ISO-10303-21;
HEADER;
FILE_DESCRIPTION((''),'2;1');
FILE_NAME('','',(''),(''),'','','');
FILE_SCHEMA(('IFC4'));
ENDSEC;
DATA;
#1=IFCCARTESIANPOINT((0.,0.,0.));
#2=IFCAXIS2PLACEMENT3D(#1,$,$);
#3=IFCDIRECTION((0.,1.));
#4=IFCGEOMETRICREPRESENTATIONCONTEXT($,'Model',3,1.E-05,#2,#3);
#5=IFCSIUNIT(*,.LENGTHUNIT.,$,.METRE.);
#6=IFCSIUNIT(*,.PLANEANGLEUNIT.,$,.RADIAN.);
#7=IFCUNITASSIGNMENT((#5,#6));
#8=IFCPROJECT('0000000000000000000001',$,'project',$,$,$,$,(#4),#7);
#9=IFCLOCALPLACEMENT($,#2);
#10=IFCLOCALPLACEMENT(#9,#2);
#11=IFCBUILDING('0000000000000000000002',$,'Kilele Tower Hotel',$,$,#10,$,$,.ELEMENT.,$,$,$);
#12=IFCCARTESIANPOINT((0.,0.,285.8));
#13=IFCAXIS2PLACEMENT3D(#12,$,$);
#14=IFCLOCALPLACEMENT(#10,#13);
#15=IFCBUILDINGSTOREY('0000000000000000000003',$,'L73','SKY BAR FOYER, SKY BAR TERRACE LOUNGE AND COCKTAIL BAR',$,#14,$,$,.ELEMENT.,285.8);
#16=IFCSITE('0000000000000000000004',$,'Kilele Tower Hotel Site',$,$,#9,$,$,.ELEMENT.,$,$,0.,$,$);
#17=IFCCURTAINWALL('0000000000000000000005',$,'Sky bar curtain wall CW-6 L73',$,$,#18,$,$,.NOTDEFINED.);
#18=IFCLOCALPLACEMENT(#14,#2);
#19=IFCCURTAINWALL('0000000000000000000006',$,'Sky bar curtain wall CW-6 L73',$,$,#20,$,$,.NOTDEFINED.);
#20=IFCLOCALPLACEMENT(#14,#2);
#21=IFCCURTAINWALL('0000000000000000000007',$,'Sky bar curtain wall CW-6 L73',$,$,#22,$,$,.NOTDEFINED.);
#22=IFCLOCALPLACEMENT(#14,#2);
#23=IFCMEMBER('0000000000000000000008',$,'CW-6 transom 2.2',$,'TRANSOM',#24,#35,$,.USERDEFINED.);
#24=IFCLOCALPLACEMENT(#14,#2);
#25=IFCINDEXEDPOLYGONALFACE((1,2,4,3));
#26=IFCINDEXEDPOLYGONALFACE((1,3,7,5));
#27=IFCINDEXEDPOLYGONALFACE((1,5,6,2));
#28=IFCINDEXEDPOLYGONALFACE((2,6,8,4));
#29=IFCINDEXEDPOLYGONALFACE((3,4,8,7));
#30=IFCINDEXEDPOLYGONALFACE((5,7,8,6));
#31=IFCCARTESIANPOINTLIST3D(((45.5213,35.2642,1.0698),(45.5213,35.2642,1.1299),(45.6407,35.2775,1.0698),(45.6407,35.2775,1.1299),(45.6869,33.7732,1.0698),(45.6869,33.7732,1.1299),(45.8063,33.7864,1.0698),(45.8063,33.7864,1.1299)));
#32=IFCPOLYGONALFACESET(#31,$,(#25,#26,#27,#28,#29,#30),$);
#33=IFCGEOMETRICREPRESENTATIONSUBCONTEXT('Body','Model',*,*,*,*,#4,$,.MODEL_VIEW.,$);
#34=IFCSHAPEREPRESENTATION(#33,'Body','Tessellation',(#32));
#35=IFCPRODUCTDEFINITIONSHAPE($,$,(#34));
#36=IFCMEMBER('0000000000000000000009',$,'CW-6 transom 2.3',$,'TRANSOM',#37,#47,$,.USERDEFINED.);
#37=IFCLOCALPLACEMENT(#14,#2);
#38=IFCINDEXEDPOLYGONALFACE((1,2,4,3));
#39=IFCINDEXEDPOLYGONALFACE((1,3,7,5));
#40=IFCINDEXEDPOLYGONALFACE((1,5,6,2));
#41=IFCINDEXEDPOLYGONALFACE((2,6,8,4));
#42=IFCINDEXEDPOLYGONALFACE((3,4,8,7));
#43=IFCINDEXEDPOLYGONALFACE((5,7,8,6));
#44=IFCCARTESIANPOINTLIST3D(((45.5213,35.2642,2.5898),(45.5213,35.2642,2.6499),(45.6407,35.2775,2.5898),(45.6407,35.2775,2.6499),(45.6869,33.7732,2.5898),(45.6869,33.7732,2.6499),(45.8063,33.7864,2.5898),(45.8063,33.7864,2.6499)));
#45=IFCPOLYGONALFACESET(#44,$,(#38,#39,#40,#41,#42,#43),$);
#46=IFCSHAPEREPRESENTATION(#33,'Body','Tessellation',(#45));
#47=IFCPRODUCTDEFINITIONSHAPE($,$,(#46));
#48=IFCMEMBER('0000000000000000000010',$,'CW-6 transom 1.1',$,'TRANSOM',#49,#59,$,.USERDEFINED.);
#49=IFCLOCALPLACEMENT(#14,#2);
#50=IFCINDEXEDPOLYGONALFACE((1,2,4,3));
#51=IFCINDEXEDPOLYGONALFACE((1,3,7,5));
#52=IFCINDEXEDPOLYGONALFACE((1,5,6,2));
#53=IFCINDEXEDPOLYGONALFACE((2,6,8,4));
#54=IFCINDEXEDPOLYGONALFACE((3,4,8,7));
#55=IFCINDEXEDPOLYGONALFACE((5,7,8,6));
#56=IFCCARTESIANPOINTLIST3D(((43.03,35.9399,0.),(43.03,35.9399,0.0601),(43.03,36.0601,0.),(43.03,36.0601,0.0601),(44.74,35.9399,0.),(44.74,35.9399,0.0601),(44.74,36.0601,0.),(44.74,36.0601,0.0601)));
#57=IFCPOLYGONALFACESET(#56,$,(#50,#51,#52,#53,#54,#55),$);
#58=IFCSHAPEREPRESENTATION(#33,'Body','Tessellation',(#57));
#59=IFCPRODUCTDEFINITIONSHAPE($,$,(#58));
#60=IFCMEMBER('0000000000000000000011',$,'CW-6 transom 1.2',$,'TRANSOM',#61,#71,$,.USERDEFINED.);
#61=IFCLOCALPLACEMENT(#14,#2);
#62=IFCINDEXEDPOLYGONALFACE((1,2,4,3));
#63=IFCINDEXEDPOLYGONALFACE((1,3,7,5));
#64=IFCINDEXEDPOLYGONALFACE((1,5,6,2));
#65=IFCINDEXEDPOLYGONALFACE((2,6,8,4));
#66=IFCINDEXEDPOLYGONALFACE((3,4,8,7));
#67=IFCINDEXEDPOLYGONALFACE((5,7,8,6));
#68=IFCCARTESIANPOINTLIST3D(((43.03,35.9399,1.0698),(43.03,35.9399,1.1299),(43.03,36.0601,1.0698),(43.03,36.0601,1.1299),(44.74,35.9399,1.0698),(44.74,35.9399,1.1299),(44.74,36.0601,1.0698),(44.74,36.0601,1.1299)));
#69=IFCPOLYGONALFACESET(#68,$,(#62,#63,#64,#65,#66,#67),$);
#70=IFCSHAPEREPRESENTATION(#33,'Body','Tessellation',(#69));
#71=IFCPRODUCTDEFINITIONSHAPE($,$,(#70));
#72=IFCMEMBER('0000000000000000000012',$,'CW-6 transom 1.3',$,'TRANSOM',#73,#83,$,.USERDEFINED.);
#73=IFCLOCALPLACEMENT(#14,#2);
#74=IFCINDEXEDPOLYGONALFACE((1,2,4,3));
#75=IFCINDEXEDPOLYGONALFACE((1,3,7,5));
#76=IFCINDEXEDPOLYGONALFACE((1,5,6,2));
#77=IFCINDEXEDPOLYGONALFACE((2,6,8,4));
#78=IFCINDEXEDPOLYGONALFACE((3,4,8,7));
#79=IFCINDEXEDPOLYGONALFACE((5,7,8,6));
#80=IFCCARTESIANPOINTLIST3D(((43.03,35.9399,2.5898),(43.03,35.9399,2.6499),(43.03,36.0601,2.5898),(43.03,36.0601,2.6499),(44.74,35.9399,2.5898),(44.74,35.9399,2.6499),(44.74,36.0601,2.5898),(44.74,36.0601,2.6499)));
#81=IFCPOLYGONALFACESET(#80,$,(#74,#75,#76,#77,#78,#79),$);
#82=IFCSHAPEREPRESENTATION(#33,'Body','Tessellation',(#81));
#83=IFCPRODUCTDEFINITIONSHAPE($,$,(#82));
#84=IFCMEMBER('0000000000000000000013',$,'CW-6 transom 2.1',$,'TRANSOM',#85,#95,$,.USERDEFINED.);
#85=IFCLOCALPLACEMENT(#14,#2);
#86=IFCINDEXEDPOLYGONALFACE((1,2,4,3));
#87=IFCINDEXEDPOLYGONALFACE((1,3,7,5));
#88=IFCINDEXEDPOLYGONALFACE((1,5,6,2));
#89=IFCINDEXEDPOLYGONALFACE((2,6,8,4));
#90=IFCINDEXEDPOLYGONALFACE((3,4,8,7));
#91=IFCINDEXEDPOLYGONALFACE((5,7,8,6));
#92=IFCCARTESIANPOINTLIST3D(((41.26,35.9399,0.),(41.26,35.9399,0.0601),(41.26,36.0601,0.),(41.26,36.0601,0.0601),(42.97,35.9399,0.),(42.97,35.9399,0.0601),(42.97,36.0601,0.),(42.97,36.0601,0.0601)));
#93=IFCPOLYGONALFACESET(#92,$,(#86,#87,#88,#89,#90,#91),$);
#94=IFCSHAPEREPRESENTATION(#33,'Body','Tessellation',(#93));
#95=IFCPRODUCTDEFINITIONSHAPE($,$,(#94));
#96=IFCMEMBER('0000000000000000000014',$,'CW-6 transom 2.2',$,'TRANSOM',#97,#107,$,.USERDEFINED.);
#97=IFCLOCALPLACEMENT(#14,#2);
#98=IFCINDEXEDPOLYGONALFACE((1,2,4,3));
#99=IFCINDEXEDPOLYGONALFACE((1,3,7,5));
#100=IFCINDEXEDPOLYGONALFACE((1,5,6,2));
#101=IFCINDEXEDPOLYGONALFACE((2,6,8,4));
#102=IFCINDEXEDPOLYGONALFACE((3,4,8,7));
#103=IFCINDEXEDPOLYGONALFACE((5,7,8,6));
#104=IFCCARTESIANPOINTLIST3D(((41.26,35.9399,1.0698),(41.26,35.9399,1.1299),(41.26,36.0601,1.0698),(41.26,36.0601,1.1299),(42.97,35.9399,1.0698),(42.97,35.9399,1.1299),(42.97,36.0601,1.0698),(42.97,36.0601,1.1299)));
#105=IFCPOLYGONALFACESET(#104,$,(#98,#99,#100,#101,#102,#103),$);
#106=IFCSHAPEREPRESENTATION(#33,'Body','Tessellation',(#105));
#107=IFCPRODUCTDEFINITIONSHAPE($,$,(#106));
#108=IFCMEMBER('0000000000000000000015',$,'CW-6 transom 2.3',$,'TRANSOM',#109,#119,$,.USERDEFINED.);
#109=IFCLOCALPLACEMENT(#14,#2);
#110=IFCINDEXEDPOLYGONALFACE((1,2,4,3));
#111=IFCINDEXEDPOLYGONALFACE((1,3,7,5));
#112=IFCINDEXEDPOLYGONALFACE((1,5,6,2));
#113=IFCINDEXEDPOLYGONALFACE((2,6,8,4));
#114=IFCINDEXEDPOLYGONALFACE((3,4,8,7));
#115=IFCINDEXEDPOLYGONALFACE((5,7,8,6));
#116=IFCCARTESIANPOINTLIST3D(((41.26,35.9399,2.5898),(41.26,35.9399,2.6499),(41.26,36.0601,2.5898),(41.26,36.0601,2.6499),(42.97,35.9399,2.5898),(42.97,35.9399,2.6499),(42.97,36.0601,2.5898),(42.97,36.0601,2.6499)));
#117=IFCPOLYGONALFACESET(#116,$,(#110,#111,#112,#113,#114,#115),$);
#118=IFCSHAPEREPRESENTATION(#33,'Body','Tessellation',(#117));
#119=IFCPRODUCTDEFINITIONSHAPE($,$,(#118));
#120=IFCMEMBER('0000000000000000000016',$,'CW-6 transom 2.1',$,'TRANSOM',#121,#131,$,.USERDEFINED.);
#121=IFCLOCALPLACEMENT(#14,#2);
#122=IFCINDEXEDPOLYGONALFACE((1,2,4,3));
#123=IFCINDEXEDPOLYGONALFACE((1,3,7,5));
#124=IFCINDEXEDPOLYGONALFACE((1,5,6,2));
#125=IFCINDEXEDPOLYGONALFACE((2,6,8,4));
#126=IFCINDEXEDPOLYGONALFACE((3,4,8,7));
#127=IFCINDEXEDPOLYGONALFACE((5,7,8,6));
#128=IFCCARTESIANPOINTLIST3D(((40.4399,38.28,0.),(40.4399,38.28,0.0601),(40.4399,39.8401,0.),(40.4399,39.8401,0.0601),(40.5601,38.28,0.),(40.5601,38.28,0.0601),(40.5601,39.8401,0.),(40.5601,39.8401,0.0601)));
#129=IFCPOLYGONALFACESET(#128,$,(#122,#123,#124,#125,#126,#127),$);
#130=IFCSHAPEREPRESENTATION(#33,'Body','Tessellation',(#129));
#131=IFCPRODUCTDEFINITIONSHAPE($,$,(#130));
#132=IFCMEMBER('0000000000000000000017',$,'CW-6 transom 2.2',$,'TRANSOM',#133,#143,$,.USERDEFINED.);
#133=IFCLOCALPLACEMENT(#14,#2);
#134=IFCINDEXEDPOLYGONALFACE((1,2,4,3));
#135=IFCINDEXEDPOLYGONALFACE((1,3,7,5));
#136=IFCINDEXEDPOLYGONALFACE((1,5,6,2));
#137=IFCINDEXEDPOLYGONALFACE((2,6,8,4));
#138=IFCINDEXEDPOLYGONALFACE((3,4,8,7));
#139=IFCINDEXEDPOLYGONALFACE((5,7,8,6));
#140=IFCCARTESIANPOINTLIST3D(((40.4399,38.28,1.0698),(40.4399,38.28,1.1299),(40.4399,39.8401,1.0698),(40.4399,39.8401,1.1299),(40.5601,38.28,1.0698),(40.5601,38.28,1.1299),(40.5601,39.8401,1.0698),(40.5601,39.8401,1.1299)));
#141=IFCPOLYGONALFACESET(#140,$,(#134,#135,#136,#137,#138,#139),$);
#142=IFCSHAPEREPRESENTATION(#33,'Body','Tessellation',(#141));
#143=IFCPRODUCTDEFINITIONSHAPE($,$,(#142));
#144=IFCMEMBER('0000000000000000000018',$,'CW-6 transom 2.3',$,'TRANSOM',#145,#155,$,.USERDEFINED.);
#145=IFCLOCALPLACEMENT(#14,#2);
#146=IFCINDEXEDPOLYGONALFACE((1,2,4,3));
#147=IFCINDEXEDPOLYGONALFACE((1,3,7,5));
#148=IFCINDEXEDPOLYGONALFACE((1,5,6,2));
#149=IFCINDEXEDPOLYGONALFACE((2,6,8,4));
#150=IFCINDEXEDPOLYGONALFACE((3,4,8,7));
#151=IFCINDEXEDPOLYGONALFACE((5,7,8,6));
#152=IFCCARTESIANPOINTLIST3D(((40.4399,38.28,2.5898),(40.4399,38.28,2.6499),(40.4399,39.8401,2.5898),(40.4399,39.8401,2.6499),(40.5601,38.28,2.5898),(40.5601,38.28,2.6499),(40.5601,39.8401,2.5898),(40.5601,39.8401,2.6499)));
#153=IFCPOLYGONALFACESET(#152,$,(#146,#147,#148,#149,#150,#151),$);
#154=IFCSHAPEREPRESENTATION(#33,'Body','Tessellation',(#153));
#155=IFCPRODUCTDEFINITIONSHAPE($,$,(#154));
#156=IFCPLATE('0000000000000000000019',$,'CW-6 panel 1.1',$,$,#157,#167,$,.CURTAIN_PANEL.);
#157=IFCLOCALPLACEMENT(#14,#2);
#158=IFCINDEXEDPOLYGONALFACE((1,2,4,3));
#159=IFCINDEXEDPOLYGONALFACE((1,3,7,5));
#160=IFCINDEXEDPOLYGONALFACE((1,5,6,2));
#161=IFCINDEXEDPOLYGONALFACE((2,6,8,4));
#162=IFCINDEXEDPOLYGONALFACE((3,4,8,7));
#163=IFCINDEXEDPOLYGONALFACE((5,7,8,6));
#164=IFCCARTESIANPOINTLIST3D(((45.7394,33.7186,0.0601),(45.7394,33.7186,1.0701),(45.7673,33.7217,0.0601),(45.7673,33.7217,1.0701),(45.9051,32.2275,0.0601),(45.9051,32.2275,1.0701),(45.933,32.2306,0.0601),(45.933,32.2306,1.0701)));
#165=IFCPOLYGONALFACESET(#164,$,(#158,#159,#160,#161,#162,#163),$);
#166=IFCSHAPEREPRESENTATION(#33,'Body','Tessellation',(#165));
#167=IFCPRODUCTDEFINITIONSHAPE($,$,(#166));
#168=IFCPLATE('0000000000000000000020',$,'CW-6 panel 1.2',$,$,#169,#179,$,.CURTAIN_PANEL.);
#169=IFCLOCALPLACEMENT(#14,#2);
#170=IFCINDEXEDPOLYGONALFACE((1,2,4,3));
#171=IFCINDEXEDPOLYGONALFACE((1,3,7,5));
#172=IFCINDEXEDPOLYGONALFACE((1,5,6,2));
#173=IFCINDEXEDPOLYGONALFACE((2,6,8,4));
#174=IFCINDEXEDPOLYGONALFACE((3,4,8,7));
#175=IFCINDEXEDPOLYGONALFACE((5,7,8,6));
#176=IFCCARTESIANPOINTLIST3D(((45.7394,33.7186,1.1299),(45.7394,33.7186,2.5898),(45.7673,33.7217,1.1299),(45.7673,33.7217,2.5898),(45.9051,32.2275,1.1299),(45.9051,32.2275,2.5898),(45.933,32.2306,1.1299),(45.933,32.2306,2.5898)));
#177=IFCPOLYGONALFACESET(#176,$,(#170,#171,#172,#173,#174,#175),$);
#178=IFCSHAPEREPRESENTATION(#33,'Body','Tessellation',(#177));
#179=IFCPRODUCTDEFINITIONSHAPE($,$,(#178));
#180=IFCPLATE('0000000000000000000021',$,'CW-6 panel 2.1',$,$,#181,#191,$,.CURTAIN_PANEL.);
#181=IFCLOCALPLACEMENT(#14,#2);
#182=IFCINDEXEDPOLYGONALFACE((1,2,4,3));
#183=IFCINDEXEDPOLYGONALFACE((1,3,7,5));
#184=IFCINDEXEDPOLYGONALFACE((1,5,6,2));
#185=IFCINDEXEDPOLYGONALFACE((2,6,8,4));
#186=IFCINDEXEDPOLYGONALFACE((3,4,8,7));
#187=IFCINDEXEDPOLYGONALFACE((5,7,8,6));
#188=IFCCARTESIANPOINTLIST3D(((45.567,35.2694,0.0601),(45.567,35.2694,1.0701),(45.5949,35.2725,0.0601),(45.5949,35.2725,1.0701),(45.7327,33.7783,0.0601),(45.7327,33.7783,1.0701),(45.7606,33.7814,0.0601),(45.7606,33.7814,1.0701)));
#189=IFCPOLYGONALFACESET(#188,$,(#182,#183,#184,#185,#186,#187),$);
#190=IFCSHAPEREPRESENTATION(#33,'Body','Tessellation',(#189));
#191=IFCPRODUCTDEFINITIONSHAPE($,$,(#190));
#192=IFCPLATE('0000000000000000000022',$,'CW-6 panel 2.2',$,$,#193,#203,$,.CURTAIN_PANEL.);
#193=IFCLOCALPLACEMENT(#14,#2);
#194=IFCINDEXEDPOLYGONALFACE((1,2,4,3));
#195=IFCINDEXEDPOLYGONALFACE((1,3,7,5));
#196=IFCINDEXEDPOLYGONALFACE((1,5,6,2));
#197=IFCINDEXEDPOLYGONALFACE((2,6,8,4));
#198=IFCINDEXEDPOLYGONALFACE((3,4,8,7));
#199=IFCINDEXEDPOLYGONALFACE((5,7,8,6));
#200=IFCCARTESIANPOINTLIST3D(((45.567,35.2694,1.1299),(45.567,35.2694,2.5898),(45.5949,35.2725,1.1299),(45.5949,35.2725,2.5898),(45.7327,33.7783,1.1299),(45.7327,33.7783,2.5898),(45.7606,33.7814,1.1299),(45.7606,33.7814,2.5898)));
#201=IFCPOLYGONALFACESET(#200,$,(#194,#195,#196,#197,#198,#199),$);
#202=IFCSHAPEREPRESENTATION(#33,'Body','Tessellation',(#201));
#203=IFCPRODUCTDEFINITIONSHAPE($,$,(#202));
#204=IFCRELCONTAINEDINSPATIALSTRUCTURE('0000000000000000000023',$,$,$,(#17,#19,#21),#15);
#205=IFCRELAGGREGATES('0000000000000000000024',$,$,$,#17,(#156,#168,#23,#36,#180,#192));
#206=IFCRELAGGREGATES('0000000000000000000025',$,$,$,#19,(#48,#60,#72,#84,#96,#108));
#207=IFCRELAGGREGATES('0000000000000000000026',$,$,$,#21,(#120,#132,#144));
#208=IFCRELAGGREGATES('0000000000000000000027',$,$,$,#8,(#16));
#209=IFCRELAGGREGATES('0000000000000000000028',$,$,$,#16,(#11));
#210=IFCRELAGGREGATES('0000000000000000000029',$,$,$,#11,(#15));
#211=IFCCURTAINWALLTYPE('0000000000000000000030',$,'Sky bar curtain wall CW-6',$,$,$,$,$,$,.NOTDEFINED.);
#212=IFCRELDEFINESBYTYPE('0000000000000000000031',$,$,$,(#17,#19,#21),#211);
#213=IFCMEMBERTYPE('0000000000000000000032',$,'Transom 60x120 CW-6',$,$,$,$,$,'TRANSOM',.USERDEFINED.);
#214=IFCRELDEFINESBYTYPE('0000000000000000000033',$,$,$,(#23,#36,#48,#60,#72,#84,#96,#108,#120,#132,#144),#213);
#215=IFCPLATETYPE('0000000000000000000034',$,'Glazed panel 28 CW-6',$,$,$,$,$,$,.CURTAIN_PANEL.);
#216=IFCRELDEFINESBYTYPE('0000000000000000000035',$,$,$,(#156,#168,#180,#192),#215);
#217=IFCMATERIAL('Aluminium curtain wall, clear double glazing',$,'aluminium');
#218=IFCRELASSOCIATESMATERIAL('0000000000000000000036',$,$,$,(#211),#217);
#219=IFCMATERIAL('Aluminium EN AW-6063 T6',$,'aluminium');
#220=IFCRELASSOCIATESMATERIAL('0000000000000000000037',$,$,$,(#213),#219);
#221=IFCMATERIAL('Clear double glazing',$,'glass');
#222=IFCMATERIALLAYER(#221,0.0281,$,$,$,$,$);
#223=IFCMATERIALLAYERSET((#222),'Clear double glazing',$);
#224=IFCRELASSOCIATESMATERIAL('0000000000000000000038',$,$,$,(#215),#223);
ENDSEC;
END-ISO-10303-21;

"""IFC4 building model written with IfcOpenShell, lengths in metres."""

from ifc_helpers import new_model, si_unit, direction, frame, origin, origin_2d, place, context, subcontext, project, spatial, rectangle, extrude, material, layer, layer_set, material_profile, profile_set, type_object, element, aggregate, save


model = new_model("IFC4")

# Units and contexts
model_context = context("Model", 3, precision=1e-05, world=origin(), true_north=direction((0.0, 1.0)))
body_context = subcontext(model_context, "Body", "Model", "MODEL_VIEW")
ifc_project = project(units=[si_unit("LENGTHUNIT", "METRE"), si_unit("PLANEANGLEUNIT", "RADIAN")], contexts=[model_context])

# Site, building, storey
site_placement = place(None, origin())
site = spatial("IfcSite", under=ifc_project, at=site_placement, Name="Kilele Tower Hotel Site", CompositionType="ELEMENT", RefElevation=0.0)
building_placement = place(site_placement, origin())
building = spatial("IfcBuilding", under=site, at=building_placement, Name="Kilele Tower Hotel", CompositionType="ELEMENT")
storey_placement = place(building_placement, frame((0.0, 0.0, 285.8)))
storey = spatial("IfcBuildingStorey", under=building, at=storey_placement, Name="L73", Description="SKY BAR FOYER, SKY BAR TERRACE LOUNGE AND COCKTAIL BAR", CompositionType="ELEMENT", Elevation=285.8)

# Curtain walls
ifc_material_1 = material(Name="Aluminium curtain wall, clear double glazing", Category="aluminium")
curtain_wall_type = type_object("IfcCurtainWallType", Name="Sky bar curtain wall CW-6", PredefinedType="NOTDEFINED", material=ifc_material_1)
curtain_wall_1_placement = place(storey_placement, origin())
curtain_wall_1 = element("IfcCurtainWall", 1, at=curtain_wall_1_placement, inside=storey, type_object=curtain_wall_type, Name="Sky bar curtain wall CW-6 L73", PredefinedType="NOTDEFINED")
curtain_wall_2_placement = place(storey_placement, origin())
curtain_wall_2 = element("IfcCurtainWall", 2, at=curtain_wall_2_placement, inside=storey, type_object=curtain_wall_type, Name="Sky bar curtain wall CW-6 L73", PredefinedType="NOTDEFINED")
curtain_wall_3_placement = place(storey_placement, origin())
curtain_wall_3 = element("IfcCurtainWall", 3, at=curtain_wall_3_placement, inside=storey, type_object=curtain_wall_type, Name="Sky bar curtain wall CW-6 L73", PredefinedType="NOTDEFINED")

# Members
ifc_material_2 = material(Name="Aluminium EN AW-6063 T6", Category="aluminium")
ifc_material_profile_1 = material_profile(ifc_material_2, rectangle(XDim=0.1201, YDim=0.0601, at=origin_2d()))
ifc_profile_set_1 = profile_set([ifc_material_profile_1], Name="Aluminium EN AW-6063 T6")
member_type_1 = type_object("IfcMemberType", Name="Transom 60x120 CW-6", ElementType="TRANSOM", PredefinedType="USERDEFINED", material=ifc_profile_set_1)
member_1_placement = place(storey_placement, frame((45.7466, 33.7798, 1.0999), z_axis=(-0.110342, 0.993894, 0.0), x_axis=(-0.993894, -0.110342, 0.0)))
member_1 = element("IfcMember", 4, at=member_1_placement, type_object=member_type_1, Name="CW-6 transom 2.2", ObjectType="TRANSOM", PredefinedType="USERDEFINED", context=body_context, shape_type="SweptSolid", body=[
    extrude(rectangle(XDim=0.1201, YDim=0.0601, at=origin_2d()), origin(), (0.0, 0.0, 1.0), 1.5002),
])
member_2_placement = place(storey_placement, frame((45.7466, 33.7798, 2.6199), z_axis=(-0.110342, 0.993894, 0.0), x_axis=(-0.993894, -0.110342, 0.0)))
member_2 = element("IfcMember", 5, at=member_2_placement, type_object=member_type_1, Name="CW-6 transom 2.3", ObjectType="TRANSOM", PredefinedType="USERDEFINED", context=body_context, shape_type="SweptSolid", body=[
    extrude(rectangle(XDim=0.1201, YDim=0.0601, at=origin_2d()), origin(), (0.0, 0.0, 1.0), 1.5002),
])
member_3_placement = place(storey_placement, frame((44.74, 36.0, 0.03), z_axis=(-1.0, 0.0, 0.0), x_axis=(0.0, -1.0, 0.0)))
member_3 = element("IfcMember", 6, at=member_3_placement, type_object=member_type_1, Name="CW-6 transom 1.1", ObjectType="TRANSOM", PredefinedType="USERDEFINED", context=body_context, shape_type="SweptSolid", body=[
    extrude(rectangle(XDim=0.1201, YDim=0.0601, at=origin_2d()), origin(), (0.0, 0.0, 1.0), 1.71),
])
member_4_placement = place(storey_placement, frame((44.74, 36.0, 1.0999), z_axis=(-1.0, 0.0, 0.0), x_axis=(0.0, -1.0, 0.0)))
member_4 = element("IfcMember", 7, at=member_4_placement, type_object=member_type_1, Name="CW-6 transom 1.2", ObjectType="TRANSOM", PredefinedType="USERDEFINED", context=body_context, shape_type="SweptSolid", body=[
    extrude(rectangle(XDim=0.1201, YDim=0.0601, at=origin_2d()), origin(), (0.0, 0.0, 1.0), 1.71),
])
member_5_placement = place(storey_placement, frame((44.74, 36.0, 2.6199), z_axis=(-1.0, 0.0, 0.0), x_axis=(0.0, -1.0, 0.0)))
member_5 = element("IfcMember", 8, at=member_5_placement, type_object=member_type_1, Name="CW-6 transom 1.3", ObjectType="TRANSOM", PredefinedType="USERDEFINED", context=body_context, shape_type="SweptSolid", body=[
    extrude(rectangle(XDim=0.1201, YDim=0.0601, at=origin_2d()), origin(), (0.0, 0.0, 1.0), 1.71),
])
member_6_placement = place(storey_placement, frame((42.97, 36.0, 0.03), z_axis=(-1.0, 0.0, 0.0), x_axis=(0.0, -1.0, 0.0)))
member_6 = element("IfcMember", 9, at=member_6_placement, type_object=member_type_1, Name="CW-6 transom 2.1", ObjectType="TRANSOM", PredefinedType="USERDEFINED", context=body_context, shape_type="SweptSolid", body=[
    extrude(rectangle(XDim=0.1201, YDim=0.0601, at=origin_2d()), origin(), (0.0, 0.0, 1.0), 1.71),
])
member_7_placement = place(storey_placement, frame((42.97, 36.0, 1.0999), z_axis=(-1.0, 0.0, 0.0), x_axis=(0.0, -1.0, 0.0)))
member_7 = element("IfcMember", 10, at=member_7_placement, type_object=member_type_1, Name="CW-6 transom 2.2", ObjectType="TRANSOM", PredefinedType="USERDEFINED", context=body_context, shape_type="SweptSolid", body=[
    extrude(rectangle(XDim=0.1201, YDim=0.0601, at=origin_2d()), origin(), (0.0, 0.0, 1.0), 1.71),
])
member_8_placement = place(storey_placement, frame((42.97, 36.0, 2.6199), z_axis=(-1.0, 0.0, 0.0), x_axis=(0.0, -1.0, 0.0)))
member_8 = element("IfcMember", 11, at=member_8_placement, type_object=member_type_1, Name="CW-6 transom 2.3", ObjectType="TRANSOM", PredefinedType="USERDEFINED", context=body_context, shape_type="SweptSolid", body=[
    extrude(rectangle(XDim=0.1201, YDim=0.0601, at=origin_2d()), origin(), (0.0, 0.0, 1.0), 1.71),
])
member_9_placement = place(storey_placement, frame((40.5, 38.28, 0.03), z_axis=(0.0, 1.0, 0.0), x_axis=(-1.0, 0.0, 0.0)))
member_9 = element("IfcMember", 12, at=member_9_placement, type_object=member_type_1, Name="CW-6 transom 2.1", ObjectType="TRANSOM", PredefinedType="USERDEFINED", context=body_context, shape_type="SweptSolid", body=[
    extrude(rectangle(XDim=0.1201, YDim=0.0601, at=origin_2d()), origin(), (0.0, 0.0, 1.0), 1.5601),
])
member_10_placement = place(storey_placement, frame((40.5, 38.28, 1.0999), z_axis=(0.0, 1.0, 0.0), x_axis=(-1.0, 0.0, 0.0)))
member_10 = element("IfcMember", 13, at=member_10_placement, type_object=member_type_1, Name="CW-6 transom 2.2", ObjectType="TRANSOM", PredefinedType="USERDEFINED", context=body_context, shape_type="SweptSolid", body=[
    extrude(rectangle(XDim=0.1201, YDim=0.0601, at=origin_2d()), origin(), (0.0, 0.0, 1.0), 1.5601),
])
member_11_placement = place(storey_placement, frame((40.5, 38.28, 2.6199), z_axis=(0.0, 1.0, 0.0), x_axis=(-1.0, 0.0, 0.0)))
member_11 = element("IfcMember", 14, at=member_11_placement, type_object=member_type_1, Name="CW-6 transom 2.3", ObjectType="TRANSOM", PredefinedType="USERDEFINED", context=body_context, shape_type="SweptSolid", body=[
    extrude(rectangle(XDim=0.1201, YDim=0.0601, at=origin_2d()), origin(), (0.0, 0.0, 1.0), 1.5601),
])

# Plates
ifc_material_3 = material(Name="Clear double glazing", Category="glass")
ifc_layer = layer(ifc_material_3, 0.0281)
ifc_layer_set = layer_set([ifc_layer], Name="Clear double glazing")
plate_type = type_object("IfcPlateType", Name="Glazed panel 28 CW-6", PredefinedType="CURTAIN_PANEL", material=ifc_layer_set)
plate_1_placement = place(storey_placement, frame((45.8362, 32.9746, 0.0601), z_axis=(0.0, 0.0, 1.0), x_axis=(-0.110432, 0.993884, 0.0)))
plate_1 = element("IfcPlate", 15, at=plate_1_placement, type_object=plate_type, Name="CW-6 panel 1.1", PredefinedType="CURTAIN_PANEL", context=body_context, shape_type="SweptSolid", body=[
    extrude(rectangle(XDim=1.5002, YDim=0.0281, at=origin_2d()), origin(), (0.0, 0.0, 1.0), 1.01),
])
plate_2_placement = place(storey_placement, frame((45.8362, 32.9746, 1.1299), z_axis=(0.0, 0.0, 1.0), x_axis=(-0.110432, 0.993884, 0.0)))
plate_2 = element("IfcPlate", 16, at=plate_2_placement, type_object=plate_type, Name="CW-6 panel 1.2", PredefinedType="CURTAIN_PANEL", context=body_context, shape_type="SweptSolid", body=[
    extrude(rectangle(XDim=1.5002, YDim=0.0281, at=origin_2d()), origin(), (0.0, 0.0, 1.0), 1.46),
])
plate_3_placement = place(storey_placement, frame((45.6638, 34.5254, 0.0601), z_axis=(0.0, 0.0, 1.0), x_axis=(-0.110432, 0.993884, 0.0)))
plate_3 = element("IfcPlate", 17, at=plate_3_placement, type_object=plate_type, Name="CW-6 panel 2.1", PredefinedType="CURTAIN_PANEL", context=body_context, shape_type="SweptSolid", body=[
    extrude(rectangle(XDim=1.5002, YDim=0.0281, at=origin_2d()), origin(), (0.0, 0.0, 1.0), 1.01),
])
plate_4_placement = place(storey_placement, frame((45.6638, 34.5254, 1.1299), z_axis=(0.0, 0.0, 1.0), x_axis=(-0.110432, 0.993884, 0.0)))
plate_4 = element("IfcPlate", 18, at=plate_4_placement, type_object=plate_type, Name="CW-6 panel 2.2", PredefinedType="CURTAIN_PANEL", context=body_context, shape_type="SweptSolid", body=[
    extrude(rectangle(XDim=1.5002, YDim=0.0281, at=origin_2d()), origin(), (0.0, 0.0, 1.0), 1.46),
])
aggregate(curtain_wall_1, [plate_1, plate_2, member_1, member_2, plate_3, plate_4])
aggregate(curtain_wall_2, [member_3, member_4, member_5, member_6, member_7, member_8])
aggregate(curtain_wall_3, [member_9, member_10, member_11])

save(model, "model.ifc")
